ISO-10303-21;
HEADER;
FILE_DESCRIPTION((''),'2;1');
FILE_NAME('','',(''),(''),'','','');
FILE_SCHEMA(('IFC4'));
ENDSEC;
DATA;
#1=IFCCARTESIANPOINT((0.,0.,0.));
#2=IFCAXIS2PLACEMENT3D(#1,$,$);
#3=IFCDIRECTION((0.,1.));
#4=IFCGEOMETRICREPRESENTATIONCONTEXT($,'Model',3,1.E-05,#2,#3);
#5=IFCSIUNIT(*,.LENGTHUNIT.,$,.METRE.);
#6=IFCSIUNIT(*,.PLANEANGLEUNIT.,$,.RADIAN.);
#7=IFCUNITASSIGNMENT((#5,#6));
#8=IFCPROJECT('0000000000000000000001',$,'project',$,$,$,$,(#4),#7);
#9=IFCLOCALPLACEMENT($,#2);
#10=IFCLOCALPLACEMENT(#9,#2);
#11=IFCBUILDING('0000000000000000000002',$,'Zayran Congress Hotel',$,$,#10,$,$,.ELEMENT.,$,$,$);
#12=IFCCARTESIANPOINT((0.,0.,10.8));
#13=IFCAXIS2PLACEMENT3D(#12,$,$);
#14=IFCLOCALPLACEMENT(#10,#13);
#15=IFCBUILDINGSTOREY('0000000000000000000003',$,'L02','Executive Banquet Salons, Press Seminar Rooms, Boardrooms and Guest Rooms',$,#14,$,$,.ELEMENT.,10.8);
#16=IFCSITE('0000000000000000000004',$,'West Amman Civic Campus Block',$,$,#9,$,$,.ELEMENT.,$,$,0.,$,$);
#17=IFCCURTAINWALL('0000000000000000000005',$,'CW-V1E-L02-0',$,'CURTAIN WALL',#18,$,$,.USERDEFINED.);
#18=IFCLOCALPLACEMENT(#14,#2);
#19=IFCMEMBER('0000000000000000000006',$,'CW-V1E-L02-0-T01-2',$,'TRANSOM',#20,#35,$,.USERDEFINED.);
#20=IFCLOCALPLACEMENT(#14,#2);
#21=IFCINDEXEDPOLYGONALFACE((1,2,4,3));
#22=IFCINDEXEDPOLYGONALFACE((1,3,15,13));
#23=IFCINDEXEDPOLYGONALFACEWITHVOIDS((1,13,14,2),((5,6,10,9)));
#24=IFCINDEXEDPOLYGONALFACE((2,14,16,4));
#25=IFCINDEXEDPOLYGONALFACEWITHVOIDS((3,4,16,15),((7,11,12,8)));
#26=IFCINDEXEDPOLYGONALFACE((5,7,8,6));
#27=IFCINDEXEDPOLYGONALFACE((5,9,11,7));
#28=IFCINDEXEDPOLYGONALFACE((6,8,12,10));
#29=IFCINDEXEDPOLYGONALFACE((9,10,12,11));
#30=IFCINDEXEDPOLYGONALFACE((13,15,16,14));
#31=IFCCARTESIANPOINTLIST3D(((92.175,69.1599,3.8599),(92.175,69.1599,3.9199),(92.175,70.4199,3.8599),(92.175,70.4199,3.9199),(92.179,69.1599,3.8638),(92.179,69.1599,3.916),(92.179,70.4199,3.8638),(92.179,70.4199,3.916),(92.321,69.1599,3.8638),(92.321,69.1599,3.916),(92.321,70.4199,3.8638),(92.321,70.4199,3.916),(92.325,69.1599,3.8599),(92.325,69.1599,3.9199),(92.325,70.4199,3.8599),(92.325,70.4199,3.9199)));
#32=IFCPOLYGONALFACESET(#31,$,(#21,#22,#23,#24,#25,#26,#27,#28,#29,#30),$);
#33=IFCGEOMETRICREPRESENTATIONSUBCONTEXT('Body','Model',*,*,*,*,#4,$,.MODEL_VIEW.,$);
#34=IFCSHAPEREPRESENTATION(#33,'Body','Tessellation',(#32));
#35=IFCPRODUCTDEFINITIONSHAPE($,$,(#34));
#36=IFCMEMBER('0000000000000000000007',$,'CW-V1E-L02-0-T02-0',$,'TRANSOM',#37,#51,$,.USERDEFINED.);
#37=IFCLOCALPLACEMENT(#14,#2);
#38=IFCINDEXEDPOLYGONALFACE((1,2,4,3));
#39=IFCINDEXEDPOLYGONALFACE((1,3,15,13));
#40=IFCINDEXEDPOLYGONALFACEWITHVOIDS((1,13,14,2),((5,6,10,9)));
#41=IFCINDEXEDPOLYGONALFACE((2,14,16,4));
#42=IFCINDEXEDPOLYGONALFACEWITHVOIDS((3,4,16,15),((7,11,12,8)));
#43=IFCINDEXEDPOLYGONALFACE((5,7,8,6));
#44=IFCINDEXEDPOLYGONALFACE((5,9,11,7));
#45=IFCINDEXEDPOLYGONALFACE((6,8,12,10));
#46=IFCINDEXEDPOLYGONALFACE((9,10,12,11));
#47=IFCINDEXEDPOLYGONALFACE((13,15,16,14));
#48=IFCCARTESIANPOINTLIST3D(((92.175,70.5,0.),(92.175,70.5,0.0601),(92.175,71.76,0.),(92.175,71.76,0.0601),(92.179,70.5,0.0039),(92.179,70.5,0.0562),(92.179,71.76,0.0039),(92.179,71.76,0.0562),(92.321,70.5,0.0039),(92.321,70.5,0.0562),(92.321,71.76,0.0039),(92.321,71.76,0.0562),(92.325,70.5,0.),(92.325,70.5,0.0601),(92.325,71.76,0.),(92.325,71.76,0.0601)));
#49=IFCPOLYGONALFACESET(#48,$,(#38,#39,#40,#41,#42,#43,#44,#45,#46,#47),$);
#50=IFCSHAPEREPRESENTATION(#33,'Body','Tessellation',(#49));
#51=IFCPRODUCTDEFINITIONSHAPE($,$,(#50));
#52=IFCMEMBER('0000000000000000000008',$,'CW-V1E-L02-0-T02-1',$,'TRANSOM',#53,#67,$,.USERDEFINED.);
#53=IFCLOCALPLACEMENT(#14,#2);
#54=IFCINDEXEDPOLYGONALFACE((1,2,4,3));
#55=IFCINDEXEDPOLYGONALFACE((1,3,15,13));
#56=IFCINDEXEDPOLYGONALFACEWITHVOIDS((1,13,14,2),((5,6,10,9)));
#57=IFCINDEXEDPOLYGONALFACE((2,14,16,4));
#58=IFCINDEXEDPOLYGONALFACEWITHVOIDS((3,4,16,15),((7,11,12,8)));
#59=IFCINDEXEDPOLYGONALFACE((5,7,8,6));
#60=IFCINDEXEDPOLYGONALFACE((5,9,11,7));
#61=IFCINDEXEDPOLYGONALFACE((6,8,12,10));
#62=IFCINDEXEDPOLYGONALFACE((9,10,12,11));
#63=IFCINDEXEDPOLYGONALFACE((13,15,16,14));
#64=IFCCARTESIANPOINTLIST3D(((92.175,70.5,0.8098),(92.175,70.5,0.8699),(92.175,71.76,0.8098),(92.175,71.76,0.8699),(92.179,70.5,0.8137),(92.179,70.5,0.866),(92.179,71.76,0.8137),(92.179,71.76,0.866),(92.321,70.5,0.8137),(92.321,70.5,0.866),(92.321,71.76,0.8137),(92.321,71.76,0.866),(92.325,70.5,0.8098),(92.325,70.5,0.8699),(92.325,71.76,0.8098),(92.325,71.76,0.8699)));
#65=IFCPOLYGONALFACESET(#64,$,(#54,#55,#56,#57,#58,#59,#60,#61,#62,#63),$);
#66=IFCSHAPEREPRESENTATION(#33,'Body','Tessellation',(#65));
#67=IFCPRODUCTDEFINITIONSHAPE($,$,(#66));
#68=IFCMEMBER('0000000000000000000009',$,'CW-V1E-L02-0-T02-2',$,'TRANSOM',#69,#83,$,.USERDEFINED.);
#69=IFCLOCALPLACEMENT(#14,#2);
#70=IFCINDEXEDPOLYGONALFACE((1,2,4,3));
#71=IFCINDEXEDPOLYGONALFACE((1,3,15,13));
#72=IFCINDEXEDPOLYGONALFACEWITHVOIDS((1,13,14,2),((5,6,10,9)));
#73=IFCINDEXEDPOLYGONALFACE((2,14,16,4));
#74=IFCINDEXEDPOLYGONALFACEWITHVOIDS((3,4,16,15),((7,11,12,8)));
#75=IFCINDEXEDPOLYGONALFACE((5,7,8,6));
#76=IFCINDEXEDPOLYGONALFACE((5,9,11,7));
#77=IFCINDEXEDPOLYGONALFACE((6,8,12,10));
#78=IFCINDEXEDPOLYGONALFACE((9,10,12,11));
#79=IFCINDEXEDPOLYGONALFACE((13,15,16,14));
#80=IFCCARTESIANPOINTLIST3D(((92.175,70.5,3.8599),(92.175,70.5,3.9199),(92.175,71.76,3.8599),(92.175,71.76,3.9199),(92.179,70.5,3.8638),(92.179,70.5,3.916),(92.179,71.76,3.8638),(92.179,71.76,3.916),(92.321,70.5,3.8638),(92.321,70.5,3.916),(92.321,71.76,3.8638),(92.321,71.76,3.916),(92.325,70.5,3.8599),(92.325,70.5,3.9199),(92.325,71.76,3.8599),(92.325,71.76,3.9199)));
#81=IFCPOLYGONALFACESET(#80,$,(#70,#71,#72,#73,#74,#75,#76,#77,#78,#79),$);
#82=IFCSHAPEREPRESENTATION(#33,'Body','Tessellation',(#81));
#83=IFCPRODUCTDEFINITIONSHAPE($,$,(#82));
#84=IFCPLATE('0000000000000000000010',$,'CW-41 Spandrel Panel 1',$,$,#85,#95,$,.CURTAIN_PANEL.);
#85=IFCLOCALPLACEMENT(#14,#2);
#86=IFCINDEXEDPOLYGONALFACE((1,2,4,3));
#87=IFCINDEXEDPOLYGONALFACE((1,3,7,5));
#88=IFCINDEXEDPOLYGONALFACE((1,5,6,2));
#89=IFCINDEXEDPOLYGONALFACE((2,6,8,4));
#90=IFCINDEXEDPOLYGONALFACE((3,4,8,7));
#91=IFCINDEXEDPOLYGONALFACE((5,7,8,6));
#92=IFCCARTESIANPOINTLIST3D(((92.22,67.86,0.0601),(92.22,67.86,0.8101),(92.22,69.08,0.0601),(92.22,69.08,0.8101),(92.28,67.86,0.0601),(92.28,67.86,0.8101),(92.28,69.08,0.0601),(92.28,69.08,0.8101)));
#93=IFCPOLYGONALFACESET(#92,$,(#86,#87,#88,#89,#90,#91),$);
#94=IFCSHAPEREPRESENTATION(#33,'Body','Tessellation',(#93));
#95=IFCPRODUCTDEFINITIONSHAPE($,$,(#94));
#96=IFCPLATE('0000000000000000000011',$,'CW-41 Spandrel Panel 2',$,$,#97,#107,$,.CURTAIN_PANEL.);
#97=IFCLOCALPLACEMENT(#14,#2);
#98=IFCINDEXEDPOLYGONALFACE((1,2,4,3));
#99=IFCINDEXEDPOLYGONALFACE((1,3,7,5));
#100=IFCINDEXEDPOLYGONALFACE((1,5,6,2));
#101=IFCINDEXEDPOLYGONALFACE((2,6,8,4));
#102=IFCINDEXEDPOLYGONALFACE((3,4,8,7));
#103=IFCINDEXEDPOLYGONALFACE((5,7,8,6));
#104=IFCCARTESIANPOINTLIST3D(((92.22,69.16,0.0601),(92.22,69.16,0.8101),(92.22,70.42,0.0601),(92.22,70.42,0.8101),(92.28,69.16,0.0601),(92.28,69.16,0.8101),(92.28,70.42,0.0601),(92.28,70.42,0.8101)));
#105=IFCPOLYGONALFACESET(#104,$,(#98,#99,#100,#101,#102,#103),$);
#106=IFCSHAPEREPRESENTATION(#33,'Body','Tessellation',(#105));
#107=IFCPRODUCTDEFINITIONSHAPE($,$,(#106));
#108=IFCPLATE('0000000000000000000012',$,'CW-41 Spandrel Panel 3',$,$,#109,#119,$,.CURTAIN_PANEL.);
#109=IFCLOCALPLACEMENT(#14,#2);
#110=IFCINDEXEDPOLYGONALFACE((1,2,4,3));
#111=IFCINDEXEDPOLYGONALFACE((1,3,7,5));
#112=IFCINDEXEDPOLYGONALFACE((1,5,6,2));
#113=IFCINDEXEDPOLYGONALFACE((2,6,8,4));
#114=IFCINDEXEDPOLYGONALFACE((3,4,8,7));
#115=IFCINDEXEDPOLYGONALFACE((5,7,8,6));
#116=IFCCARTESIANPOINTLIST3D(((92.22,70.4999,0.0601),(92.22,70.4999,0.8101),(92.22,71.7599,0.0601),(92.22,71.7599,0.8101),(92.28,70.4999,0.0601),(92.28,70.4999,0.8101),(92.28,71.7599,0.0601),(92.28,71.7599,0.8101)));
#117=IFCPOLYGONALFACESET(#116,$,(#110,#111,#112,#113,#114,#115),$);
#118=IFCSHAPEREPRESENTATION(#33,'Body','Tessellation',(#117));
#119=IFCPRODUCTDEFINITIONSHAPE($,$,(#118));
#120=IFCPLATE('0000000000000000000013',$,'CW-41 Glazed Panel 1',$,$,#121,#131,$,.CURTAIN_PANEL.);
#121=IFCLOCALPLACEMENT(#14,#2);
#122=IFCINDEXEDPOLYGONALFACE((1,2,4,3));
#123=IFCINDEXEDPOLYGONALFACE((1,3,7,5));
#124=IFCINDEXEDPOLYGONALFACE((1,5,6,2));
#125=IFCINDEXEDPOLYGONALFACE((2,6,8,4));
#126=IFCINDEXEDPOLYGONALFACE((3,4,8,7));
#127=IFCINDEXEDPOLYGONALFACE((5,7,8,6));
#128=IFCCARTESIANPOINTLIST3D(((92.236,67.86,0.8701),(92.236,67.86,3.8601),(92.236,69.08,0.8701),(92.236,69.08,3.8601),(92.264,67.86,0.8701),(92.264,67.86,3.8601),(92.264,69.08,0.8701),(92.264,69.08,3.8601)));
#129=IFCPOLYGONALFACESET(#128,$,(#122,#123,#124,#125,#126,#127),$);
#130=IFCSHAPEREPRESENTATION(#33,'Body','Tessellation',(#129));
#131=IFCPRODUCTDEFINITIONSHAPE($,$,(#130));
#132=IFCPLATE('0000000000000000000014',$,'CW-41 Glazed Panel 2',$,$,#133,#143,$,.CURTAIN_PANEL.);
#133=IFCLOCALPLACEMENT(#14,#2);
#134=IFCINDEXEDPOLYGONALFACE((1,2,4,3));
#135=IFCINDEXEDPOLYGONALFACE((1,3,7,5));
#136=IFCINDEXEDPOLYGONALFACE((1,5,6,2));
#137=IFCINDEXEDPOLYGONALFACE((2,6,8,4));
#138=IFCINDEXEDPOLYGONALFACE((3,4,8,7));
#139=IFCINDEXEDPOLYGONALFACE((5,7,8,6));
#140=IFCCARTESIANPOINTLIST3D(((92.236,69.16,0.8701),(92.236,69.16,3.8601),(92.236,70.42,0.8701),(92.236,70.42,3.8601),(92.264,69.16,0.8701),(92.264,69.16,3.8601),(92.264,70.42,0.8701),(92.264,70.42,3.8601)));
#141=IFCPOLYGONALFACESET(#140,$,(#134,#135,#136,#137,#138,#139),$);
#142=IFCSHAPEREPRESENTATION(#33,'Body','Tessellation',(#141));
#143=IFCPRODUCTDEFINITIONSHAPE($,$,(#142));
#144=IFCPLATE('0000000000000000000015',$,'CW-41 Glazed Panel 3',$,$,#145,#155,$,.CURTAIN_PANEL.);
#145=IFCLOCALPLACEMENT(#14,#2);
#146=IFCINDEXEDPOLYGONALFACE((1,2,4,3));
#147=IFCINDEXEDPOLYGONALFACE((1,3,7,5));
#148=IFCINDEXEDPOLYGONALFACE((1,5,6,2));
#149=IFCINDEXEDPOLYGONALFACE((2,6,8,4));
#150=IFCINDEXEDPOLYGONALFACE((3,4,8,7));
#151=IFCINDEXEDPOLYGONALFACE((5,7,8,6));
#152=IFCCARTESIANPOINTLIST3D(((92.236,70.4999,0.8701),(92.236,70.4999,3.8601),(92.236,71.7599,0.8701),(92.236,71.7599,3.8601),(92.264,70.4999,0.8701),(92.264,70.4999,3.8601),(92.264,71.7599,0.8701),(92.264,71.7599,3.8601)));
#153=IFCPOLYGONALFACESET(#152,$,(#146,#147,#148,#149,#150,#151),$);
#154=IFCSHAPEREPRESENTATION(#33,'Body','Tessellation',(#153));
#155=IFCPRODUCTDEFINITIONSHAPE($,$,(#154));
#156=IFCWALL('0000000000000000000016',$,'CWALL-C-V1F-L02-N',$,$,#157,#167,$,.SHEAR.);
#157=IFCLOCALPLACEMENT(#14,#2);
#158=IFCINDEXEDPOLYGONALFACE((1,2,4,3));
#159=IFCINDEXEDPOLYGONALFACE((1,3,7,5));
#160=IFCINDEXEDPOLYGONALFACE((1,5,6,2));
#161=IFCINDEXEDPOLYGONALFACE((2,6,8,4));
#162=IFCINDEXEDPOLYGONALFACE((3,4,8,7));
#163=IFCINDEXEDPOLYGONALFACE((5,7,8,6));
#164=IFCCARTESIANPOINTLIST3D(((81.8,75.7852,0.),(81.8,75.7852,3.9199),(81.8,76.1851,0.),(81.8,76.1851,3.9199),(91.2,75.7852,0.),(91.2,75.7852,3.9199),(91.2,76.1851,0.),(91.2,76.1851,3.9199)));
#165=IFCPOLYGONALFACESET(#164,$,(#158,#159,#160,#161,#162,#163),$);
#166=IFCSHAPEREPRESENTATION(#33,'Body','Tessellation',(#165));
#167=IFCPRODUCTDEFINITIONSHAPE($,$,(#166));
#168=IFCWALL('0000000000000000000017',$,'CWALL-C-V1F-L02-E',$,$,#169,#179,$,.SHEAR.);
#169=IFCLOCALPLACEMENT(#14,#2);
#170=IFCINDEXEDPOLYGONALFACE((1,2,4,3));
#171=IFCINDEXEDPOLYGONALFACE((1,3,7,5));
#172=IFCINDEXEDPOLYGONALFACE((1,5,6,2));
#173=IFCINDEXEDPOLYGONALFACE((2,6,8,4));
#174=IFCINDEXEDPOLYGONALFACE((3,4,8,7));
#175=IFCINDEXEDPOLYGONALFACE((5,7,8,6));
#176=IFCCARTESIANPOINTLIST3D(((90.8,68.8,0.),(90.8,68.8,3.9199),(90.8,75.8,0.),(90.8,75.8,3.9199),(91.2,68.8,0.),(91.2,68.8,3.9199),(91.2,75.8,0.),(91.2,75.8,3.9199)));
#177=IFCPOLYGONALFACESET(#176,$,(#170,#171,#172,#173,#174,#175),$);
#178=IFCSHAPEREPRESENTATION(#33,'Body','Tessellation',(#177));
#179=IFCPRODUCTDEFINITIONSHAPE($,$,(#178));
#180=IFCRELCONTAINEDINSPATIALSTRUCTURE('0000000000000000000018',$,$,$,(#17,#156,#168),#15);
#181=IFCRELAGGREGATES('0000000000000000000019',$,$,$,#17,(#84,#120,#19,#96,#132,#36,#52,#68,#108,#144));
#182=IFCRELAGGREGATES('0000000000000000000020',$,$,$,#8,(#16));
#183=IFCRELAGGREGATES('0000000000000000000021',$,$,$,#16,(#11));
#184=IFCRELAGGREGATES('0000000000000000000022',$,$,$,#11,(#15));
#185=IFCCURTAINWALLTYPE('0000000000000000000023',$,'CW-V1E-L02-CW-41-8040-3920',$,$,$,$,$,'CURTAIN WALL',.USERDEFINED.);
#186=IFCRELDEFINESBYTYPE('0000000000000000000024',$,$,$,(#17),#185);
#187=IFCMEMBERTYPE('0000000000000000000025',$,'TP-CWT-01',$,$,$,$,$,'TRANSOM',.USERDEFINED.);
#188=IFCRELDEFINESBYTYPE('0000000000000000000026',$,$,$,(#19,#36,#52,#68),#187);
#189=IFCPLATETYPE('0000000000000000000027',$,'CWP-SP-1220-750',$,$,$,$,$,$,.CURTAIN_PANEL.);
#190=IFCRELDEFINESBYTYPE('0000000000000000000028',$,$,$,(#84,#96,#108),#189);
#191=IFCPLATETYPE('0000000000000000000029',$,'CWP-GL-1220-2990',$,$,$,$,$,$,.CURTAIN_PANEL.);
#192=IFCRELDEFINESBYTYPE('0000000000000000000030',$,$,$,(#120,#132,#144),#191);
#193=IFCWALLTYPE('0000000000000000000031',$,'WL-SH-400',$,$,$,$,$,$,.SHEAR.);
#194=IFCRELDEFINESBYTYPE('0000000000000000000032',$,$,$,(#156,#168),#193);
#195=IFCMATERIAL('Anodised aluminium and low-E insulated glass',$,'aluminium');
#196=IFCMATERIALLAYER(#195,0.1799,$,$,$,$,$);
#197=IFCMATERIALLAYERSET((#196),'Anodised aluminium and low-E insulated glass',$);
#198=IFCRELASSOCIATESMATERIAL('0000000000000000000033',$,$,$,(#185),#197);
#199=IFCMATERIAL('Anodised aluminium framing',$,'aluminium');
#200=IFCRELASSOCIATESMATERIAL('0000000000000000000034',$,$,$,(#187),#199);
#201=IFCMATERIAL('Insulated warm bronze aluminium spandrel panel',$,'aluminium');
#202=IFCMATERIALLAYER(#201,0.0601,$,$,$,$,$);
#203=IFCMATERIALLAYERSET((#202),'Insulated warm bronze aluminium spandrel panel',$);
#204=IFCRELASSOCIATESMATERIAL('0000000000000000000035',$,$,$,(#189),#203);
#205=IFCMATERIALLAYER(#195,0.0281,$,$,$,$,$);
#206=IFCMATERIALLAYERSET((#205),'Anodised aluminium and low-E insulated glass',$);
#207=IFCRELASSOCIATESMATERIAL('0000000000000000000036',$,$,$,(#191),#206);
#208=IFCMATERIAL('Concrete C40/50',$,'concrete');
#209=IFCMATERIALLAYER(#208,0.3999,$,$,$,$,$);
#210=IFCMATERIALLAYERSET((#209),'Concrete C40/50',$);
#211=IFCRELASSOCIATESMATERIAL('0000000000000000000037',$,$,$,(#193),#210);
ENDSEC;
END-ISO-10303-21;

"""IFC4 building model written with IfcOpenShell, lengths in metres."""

from ifc_helpers import new_model, si_unit, direction, frame, frame_2d, origin, origin_2d, place, context, subcontext, project, spatial, rectangle, hollow_rectangle, extrude, material, layer, layer_set, material_profile, profile_set, type_object, element, aggregate, save


model = new_model("IFC4")

# Units and contexts
model_context = context("Model", 3, precision=1e-05, world=origin(), true_north=direction((0.0, 1.0)))
body_context = subcontext(model_context, "Body", "Model", "MODEL_VIEW")
ifc_project = project(units=[si_unit("LENGTHUNIT", "METRE"), si_unit("PLANEANGLEUNIT", "RADIAN")], contexts=[model_context])

# Site, building, storey
site_placement = place(None, origin())
site = spatial("IfcSite", under=ifc_project, at=site_placement, Name="West Amman Civic Campus Block", CompositionType="ELEMENT", RefElevation=0.0)
building_placement = place(site_placement, origin())
building = spatial("IfcBuilding", under=site, at=building_placement, Name="Zayran Congress Hotel", CompositionType="ELEMENT")
storey_placement = place(building_placement, frame((0.0, 0.0, 10.8)))
storey = spatial("IfcBuildingStorey", under=building, at=storey_placement, Name="L02", Description="Executive Banquet Salons, Press Seminar Rooms, Boardrooms and Guest Rooms", CompositionType="ELEMENT", Elevation=10.8)

# Curtain wall, members, plates
ifc_material_1 = material(Name="Anodised aluminium and low-E insulated glass", Category="aluminium")
ifc_layer_1 = layer(ifc_material_1, 0.1799)
ifc_layer_set_1 = layer_set([ifc_layer_1], Name="Anodised aluminium and low-E insulated glass")
curtain_wall_type = type_object("IfcCurtainWallType", Name="CW-V1E-L02-CW-41-8040-3920", ElementType="CURTAIN WALL", PredefinedType="USERDEFINED", material=ifc_layer_set_1)
curtain_wall_placement = place(storey_placement, origin())
curtain_wall = element("IfcCurtainWall", 1, at=curtain_wall_placement, inside=storey, type_object=curtain_wall_type, Name="CW-V1E-L02-0", ObjectType="CURTAIN WALL", PredefinedType="USERDEFINED")
ifc_material_2 = material(Name="Anodised aluminium framing", Category="aluminium")
ifc_material_profile_1 = material_profile(ifc_material_2, hollow_rectangle(XDim=0.0601, YDim=0.1499, WallThickness=0.0039, at=origin_2d()), Name="RHS 150x60x4")
ifc_profile_set_1 = profile_set([ifc_material_profile_1], Name="Anodised aluminium framing")
member_type_1 = type_object("IfcMemberType", Name="TP-CWT-01", ElementType="TRANSOM", PredefinedType="USERDEFINED", material=ifc_profile_set_1)
member_1_placement = place(storey_placement, frame((92.25, 69.1599, 3.8899), z_axis=(0.0, 1.0, 0.0), x_axis=(0.0, 0.0, 1.0)))
member_1 = element("IfcMember", 2, at=member_1_placement, type_object=member_type_1, Name="CW-V1E-L02-0-T01-2", ObjectType="TRANSOM", PredefinedType="USERDEFINED", context=body_context, shape_type="SweptSolid", body=[
    extrude(hollow_rectangle(XDim=0.0601, YDim=0.1499, WallThickness=0.0039, at=origin_2d()), origin(), (0.0, 0.0, 1.0), 1.26),
])
member_2_placement = place(storey_placement, frame((92.25, 70.5, 0.03), z_axis=(0.0, 1.0, 0.0), x_axis=(0.0, 0.0, 1.0)))
member_2 = element("IfcMember", 3, at=member_2_placement, type_object=member_type_1, Name="CW-V1E-L02-0-T02-0", ObjectType="TRANSOM", PredefinedType="USERDEFINED", context=body_context, shape_type="SweptSolid", body=[
    extrude(hollow_rectangle(XDim=0.0601, YDim=0.1499, WallThickness=0.0039, at=origin_2d()), origin(), (0.0, 0.0, 1.0), 1.26),
])
member_3_placement = place(storey_placement, frame((92.25, 70.5, 0.8398), z_axis=(0.0, 1.0, 0.0), x_axis=(0.0, 0.0, 1.0)))
member_3 = element("IfcMember", 4, at=member_3_placement, type_object=member_type_1, Name="CW-V1E-L02-0-T02-1", ObjectType="TRANSOM", PredefinedType="USERDEFINED", context=body_context, shape_type="SweptSolid", body=[
    extrude(hollow_rectangle(XDim=0.0601, YDim=0.1499, WallThickness=0.0039, at=origin_2d()), origin(), (0.0, 0.0, 1.0), 1.26),
])
member_4_placement = place(storey_placement, frame((92.25, 70.5, 3.8899), z_axis=(0.0, 1.0, 0.0), x_axis=(0.0, 0.0, 1.0)))
member_4 = element("IfcMember", 5, at=member_4_placement, type_object=member_type_1, Name="CW-V1E-L02-0-T02-2", ObjectType="TRANSOM", PredefinedType="USERDEFINED", context=body_context, shape_type="SweptSolid", body=[
    extrude(hollow_rectangle(XDim=0.0601, YDim=0.1499, WallThickness=0.0039, at=origin_2d()), origin(), (0.0, 0.0, 1.0), 1.26),
])
ifc_material_3 = material(Name="Insulated warm bronze aluminium spandrel panel", Category="aluminium")
ifc_layer_2 = layer(ifc_material_3, 0.0601)
ifc_layer_set_2 = layer_set([ifc_layer_2], Name="Insulated warm bronze aluminium spandrel panel")
plate_type_1 = type_object("IfcPlateType", Name="CWP-SP-1220-750", PredefinedType="CURTAIN_PANEL", material=ifc_layer_set_2)
plate_1_placement = place(storey_placement, frame((92.25, 68.47, 0.0601), z_axis=(0.0, 0.0, 1.0), x_axis=(0.0, 1.0, 0.0)))
plate_1 = element("IfcPlate", 6, at=plate_1_placement, type_object=plate_type_1, Name="CW-41 Spandrel Panel 1", PredefinedType="CURTAIN_PANEL", context=body_context, shape_type="SweptSolid", body=[
    extrude(rectangle(XDim=1.22, YDim=0.0601, at=origin_2d()), origin(), (0.0, 0.0, 1.0), 0.75),
])
plate_2_placement = place(storey_placement, frame((92.25, 69.79, 0.0601), z_axis=(0.0, 0.0, 1.0), x_axis=(0.0, 1.0, 0.0)))
plate_2 = element("IfcPlate", 7, at=plate_2_placement, type_object=plate_type_1, Name="CW-41 Spandrel Panel 2", PredefinedType="CURTAIN_PANEL", context=body_context, shape_type="SweptSolid", body=[
    extrude(rectangle(XDim=1.26, YDim=0.0601, at=origin_2d()), origin(), (0.0, 0.0, 1.0), 0.75),
])
plate_3_placement = place(storey_placement, frame((92.25, 71.1299, 0.0601), z_axis=(0.0, 0.0, 1.0), x_axis=(0.0, 1.0, 0.0)))
plate_3 = element("IfcPlate", 8, at=plate_3_placement, type_object=plate_type_1, Name="CW-41 Spandrel Panel 3", PredefinedType="CURTAIN_PANEL", context=body_context, shape_type="SweptSolid", body=[
    extrude(rectangle(XDim=1.26, YDim=0.0601, at=origin_2d()), origin(), (0.0, 0.0, 1.0), 0.75),
])
ifc_layer_3 = layer(ifc_material_1, 0.0281)
ifc_layer_set_3 = layer_set([ifc_layer_3], Name="Anodised aluminium and low-E insulated glass")
plate_type_2 = type_object("IfcPlateType", Name="CWP-GL-1220-2990", PredefinedType="CURTAIN_PANEL", material=ifc_layer_set_3)
plate_4_placement = place(storey_placement, frame((92.25, 68.47, 0.8701), z_axis=(0.0, 0.0, 1.0), x_axis=(0.0, 1.0, 0.0)))
plate_4 = element("IfcPlate", 9, at=plate_4_placement, type_object=plate_type_2, Name="CW-41 Glazed Panel 1", PredefinedType="CURTAIN_PANEL", context=body_context, shape_type="SweptSolid", body=[
    extrude(rectangle(XDim=1.22, YDim=0.0281, at=origin_2d()), origin(), (0.0, 0.0, 1.0), 2.99),
])
plate_5_placement = place(storey_placement, frame((92.25, 69.79, 0.8701), z_axis=(0.0, 0.0, 1.0), x_axis=(0.0, 1.0, 0.0)))
plate_5 = element("IfcPlate", 10, at=plate_5_placement, type_object=plate_type_2, Name="CW-41 Glazed Panel 2", PredefinedType="CURTAIN_PANEL", context=body_context, shape_type="SweptSolid", body=[
    extrude(rectangle(XDim=1.26, YDim=0.0281, at=origin_2d()), origin(), (0.0, 0.0, 1.0), 2.99),
])
plate_6_placement = place(storey_placement, frame((92.25, 71.1299, 0.8701), z_axis=(0.0, 0.0, 1.0), x_axis=(0.0, 1.0, 0.0)))
plate_6 = element("IfcPlate", 11, at=plate_6_placement, type_object=plate_type_2, Name="CW-41 Glazed Panel 3", PredefinedType="CURTAIN_PANEL", context=body_context, shape_type="SweptSolid", body=[
    extrude(rectangle(XDim=1.26, YDim=0.0281, at=origin_2d()), origin(), (0.0, 0.0, 1.0), 2.99),
])
aggregate(curtain_wall, [plate_1, plate_4, member_1, plate_2, plate_5, member_2, member_3, member_4, plate_3, plate_6])

# Walls
ifc_material_4 = material(Name="Concrete C40/50", Category="concrete")
ifc_layer_4 = layer(ifc_material_4, 0.3999)
ifc_layer_set_4 = layer_set([ifc_layer_4], Name="Concrete C40/50")
wall_type = type_object("IfcWallType", Name="WL-SH-400", PredefinedType="SHEAR", material=ifc_layer_set_4)
wall_1_placement = place(storey_placement, frame((91.2, 75.9851, 0.0), z_axis=(0.0, 0.0, 1.0), x_axis=(-1.0, 0.0, 0.0)))
element("IfcWall", 12, at=wall_1_placement, inside=storey, type_object=wall_type, Name="CWALL-C-V1F-L02-N", PredefinedType="SHEAR", context=body_context, shape_type="SweptSolid", body=[
    extrude(rectangle(XDim=9.3999, YDim=0.3999, at=frame_2d((4.7, 0.0))), origin(), (0.0, 0.0, 1.0), 3.9199),
])
wall_2_placement = place(storey_placement, frame((91.0, 68.8, 0.0), z_axis=(0.0, 0.0, 1.0), x_axis=(0.0, 1.0, 0.0)))
element("IfcWall", 13, at=wall_2_placement, inside=storey, type_object=wall_type, Name="CWALL-C-V1F-L02-E", PredefinedType="SHEAR", context=body_context, shape_type="SweptSolid", body=[
    extrude(rectangle(XDim=7.0, YDim=0.3999, at=frame_2d((3.5, 0.0))), origin(), (0.0, 0.0, 1.0), 3.9199),
])

save(model, "model.ifc")
